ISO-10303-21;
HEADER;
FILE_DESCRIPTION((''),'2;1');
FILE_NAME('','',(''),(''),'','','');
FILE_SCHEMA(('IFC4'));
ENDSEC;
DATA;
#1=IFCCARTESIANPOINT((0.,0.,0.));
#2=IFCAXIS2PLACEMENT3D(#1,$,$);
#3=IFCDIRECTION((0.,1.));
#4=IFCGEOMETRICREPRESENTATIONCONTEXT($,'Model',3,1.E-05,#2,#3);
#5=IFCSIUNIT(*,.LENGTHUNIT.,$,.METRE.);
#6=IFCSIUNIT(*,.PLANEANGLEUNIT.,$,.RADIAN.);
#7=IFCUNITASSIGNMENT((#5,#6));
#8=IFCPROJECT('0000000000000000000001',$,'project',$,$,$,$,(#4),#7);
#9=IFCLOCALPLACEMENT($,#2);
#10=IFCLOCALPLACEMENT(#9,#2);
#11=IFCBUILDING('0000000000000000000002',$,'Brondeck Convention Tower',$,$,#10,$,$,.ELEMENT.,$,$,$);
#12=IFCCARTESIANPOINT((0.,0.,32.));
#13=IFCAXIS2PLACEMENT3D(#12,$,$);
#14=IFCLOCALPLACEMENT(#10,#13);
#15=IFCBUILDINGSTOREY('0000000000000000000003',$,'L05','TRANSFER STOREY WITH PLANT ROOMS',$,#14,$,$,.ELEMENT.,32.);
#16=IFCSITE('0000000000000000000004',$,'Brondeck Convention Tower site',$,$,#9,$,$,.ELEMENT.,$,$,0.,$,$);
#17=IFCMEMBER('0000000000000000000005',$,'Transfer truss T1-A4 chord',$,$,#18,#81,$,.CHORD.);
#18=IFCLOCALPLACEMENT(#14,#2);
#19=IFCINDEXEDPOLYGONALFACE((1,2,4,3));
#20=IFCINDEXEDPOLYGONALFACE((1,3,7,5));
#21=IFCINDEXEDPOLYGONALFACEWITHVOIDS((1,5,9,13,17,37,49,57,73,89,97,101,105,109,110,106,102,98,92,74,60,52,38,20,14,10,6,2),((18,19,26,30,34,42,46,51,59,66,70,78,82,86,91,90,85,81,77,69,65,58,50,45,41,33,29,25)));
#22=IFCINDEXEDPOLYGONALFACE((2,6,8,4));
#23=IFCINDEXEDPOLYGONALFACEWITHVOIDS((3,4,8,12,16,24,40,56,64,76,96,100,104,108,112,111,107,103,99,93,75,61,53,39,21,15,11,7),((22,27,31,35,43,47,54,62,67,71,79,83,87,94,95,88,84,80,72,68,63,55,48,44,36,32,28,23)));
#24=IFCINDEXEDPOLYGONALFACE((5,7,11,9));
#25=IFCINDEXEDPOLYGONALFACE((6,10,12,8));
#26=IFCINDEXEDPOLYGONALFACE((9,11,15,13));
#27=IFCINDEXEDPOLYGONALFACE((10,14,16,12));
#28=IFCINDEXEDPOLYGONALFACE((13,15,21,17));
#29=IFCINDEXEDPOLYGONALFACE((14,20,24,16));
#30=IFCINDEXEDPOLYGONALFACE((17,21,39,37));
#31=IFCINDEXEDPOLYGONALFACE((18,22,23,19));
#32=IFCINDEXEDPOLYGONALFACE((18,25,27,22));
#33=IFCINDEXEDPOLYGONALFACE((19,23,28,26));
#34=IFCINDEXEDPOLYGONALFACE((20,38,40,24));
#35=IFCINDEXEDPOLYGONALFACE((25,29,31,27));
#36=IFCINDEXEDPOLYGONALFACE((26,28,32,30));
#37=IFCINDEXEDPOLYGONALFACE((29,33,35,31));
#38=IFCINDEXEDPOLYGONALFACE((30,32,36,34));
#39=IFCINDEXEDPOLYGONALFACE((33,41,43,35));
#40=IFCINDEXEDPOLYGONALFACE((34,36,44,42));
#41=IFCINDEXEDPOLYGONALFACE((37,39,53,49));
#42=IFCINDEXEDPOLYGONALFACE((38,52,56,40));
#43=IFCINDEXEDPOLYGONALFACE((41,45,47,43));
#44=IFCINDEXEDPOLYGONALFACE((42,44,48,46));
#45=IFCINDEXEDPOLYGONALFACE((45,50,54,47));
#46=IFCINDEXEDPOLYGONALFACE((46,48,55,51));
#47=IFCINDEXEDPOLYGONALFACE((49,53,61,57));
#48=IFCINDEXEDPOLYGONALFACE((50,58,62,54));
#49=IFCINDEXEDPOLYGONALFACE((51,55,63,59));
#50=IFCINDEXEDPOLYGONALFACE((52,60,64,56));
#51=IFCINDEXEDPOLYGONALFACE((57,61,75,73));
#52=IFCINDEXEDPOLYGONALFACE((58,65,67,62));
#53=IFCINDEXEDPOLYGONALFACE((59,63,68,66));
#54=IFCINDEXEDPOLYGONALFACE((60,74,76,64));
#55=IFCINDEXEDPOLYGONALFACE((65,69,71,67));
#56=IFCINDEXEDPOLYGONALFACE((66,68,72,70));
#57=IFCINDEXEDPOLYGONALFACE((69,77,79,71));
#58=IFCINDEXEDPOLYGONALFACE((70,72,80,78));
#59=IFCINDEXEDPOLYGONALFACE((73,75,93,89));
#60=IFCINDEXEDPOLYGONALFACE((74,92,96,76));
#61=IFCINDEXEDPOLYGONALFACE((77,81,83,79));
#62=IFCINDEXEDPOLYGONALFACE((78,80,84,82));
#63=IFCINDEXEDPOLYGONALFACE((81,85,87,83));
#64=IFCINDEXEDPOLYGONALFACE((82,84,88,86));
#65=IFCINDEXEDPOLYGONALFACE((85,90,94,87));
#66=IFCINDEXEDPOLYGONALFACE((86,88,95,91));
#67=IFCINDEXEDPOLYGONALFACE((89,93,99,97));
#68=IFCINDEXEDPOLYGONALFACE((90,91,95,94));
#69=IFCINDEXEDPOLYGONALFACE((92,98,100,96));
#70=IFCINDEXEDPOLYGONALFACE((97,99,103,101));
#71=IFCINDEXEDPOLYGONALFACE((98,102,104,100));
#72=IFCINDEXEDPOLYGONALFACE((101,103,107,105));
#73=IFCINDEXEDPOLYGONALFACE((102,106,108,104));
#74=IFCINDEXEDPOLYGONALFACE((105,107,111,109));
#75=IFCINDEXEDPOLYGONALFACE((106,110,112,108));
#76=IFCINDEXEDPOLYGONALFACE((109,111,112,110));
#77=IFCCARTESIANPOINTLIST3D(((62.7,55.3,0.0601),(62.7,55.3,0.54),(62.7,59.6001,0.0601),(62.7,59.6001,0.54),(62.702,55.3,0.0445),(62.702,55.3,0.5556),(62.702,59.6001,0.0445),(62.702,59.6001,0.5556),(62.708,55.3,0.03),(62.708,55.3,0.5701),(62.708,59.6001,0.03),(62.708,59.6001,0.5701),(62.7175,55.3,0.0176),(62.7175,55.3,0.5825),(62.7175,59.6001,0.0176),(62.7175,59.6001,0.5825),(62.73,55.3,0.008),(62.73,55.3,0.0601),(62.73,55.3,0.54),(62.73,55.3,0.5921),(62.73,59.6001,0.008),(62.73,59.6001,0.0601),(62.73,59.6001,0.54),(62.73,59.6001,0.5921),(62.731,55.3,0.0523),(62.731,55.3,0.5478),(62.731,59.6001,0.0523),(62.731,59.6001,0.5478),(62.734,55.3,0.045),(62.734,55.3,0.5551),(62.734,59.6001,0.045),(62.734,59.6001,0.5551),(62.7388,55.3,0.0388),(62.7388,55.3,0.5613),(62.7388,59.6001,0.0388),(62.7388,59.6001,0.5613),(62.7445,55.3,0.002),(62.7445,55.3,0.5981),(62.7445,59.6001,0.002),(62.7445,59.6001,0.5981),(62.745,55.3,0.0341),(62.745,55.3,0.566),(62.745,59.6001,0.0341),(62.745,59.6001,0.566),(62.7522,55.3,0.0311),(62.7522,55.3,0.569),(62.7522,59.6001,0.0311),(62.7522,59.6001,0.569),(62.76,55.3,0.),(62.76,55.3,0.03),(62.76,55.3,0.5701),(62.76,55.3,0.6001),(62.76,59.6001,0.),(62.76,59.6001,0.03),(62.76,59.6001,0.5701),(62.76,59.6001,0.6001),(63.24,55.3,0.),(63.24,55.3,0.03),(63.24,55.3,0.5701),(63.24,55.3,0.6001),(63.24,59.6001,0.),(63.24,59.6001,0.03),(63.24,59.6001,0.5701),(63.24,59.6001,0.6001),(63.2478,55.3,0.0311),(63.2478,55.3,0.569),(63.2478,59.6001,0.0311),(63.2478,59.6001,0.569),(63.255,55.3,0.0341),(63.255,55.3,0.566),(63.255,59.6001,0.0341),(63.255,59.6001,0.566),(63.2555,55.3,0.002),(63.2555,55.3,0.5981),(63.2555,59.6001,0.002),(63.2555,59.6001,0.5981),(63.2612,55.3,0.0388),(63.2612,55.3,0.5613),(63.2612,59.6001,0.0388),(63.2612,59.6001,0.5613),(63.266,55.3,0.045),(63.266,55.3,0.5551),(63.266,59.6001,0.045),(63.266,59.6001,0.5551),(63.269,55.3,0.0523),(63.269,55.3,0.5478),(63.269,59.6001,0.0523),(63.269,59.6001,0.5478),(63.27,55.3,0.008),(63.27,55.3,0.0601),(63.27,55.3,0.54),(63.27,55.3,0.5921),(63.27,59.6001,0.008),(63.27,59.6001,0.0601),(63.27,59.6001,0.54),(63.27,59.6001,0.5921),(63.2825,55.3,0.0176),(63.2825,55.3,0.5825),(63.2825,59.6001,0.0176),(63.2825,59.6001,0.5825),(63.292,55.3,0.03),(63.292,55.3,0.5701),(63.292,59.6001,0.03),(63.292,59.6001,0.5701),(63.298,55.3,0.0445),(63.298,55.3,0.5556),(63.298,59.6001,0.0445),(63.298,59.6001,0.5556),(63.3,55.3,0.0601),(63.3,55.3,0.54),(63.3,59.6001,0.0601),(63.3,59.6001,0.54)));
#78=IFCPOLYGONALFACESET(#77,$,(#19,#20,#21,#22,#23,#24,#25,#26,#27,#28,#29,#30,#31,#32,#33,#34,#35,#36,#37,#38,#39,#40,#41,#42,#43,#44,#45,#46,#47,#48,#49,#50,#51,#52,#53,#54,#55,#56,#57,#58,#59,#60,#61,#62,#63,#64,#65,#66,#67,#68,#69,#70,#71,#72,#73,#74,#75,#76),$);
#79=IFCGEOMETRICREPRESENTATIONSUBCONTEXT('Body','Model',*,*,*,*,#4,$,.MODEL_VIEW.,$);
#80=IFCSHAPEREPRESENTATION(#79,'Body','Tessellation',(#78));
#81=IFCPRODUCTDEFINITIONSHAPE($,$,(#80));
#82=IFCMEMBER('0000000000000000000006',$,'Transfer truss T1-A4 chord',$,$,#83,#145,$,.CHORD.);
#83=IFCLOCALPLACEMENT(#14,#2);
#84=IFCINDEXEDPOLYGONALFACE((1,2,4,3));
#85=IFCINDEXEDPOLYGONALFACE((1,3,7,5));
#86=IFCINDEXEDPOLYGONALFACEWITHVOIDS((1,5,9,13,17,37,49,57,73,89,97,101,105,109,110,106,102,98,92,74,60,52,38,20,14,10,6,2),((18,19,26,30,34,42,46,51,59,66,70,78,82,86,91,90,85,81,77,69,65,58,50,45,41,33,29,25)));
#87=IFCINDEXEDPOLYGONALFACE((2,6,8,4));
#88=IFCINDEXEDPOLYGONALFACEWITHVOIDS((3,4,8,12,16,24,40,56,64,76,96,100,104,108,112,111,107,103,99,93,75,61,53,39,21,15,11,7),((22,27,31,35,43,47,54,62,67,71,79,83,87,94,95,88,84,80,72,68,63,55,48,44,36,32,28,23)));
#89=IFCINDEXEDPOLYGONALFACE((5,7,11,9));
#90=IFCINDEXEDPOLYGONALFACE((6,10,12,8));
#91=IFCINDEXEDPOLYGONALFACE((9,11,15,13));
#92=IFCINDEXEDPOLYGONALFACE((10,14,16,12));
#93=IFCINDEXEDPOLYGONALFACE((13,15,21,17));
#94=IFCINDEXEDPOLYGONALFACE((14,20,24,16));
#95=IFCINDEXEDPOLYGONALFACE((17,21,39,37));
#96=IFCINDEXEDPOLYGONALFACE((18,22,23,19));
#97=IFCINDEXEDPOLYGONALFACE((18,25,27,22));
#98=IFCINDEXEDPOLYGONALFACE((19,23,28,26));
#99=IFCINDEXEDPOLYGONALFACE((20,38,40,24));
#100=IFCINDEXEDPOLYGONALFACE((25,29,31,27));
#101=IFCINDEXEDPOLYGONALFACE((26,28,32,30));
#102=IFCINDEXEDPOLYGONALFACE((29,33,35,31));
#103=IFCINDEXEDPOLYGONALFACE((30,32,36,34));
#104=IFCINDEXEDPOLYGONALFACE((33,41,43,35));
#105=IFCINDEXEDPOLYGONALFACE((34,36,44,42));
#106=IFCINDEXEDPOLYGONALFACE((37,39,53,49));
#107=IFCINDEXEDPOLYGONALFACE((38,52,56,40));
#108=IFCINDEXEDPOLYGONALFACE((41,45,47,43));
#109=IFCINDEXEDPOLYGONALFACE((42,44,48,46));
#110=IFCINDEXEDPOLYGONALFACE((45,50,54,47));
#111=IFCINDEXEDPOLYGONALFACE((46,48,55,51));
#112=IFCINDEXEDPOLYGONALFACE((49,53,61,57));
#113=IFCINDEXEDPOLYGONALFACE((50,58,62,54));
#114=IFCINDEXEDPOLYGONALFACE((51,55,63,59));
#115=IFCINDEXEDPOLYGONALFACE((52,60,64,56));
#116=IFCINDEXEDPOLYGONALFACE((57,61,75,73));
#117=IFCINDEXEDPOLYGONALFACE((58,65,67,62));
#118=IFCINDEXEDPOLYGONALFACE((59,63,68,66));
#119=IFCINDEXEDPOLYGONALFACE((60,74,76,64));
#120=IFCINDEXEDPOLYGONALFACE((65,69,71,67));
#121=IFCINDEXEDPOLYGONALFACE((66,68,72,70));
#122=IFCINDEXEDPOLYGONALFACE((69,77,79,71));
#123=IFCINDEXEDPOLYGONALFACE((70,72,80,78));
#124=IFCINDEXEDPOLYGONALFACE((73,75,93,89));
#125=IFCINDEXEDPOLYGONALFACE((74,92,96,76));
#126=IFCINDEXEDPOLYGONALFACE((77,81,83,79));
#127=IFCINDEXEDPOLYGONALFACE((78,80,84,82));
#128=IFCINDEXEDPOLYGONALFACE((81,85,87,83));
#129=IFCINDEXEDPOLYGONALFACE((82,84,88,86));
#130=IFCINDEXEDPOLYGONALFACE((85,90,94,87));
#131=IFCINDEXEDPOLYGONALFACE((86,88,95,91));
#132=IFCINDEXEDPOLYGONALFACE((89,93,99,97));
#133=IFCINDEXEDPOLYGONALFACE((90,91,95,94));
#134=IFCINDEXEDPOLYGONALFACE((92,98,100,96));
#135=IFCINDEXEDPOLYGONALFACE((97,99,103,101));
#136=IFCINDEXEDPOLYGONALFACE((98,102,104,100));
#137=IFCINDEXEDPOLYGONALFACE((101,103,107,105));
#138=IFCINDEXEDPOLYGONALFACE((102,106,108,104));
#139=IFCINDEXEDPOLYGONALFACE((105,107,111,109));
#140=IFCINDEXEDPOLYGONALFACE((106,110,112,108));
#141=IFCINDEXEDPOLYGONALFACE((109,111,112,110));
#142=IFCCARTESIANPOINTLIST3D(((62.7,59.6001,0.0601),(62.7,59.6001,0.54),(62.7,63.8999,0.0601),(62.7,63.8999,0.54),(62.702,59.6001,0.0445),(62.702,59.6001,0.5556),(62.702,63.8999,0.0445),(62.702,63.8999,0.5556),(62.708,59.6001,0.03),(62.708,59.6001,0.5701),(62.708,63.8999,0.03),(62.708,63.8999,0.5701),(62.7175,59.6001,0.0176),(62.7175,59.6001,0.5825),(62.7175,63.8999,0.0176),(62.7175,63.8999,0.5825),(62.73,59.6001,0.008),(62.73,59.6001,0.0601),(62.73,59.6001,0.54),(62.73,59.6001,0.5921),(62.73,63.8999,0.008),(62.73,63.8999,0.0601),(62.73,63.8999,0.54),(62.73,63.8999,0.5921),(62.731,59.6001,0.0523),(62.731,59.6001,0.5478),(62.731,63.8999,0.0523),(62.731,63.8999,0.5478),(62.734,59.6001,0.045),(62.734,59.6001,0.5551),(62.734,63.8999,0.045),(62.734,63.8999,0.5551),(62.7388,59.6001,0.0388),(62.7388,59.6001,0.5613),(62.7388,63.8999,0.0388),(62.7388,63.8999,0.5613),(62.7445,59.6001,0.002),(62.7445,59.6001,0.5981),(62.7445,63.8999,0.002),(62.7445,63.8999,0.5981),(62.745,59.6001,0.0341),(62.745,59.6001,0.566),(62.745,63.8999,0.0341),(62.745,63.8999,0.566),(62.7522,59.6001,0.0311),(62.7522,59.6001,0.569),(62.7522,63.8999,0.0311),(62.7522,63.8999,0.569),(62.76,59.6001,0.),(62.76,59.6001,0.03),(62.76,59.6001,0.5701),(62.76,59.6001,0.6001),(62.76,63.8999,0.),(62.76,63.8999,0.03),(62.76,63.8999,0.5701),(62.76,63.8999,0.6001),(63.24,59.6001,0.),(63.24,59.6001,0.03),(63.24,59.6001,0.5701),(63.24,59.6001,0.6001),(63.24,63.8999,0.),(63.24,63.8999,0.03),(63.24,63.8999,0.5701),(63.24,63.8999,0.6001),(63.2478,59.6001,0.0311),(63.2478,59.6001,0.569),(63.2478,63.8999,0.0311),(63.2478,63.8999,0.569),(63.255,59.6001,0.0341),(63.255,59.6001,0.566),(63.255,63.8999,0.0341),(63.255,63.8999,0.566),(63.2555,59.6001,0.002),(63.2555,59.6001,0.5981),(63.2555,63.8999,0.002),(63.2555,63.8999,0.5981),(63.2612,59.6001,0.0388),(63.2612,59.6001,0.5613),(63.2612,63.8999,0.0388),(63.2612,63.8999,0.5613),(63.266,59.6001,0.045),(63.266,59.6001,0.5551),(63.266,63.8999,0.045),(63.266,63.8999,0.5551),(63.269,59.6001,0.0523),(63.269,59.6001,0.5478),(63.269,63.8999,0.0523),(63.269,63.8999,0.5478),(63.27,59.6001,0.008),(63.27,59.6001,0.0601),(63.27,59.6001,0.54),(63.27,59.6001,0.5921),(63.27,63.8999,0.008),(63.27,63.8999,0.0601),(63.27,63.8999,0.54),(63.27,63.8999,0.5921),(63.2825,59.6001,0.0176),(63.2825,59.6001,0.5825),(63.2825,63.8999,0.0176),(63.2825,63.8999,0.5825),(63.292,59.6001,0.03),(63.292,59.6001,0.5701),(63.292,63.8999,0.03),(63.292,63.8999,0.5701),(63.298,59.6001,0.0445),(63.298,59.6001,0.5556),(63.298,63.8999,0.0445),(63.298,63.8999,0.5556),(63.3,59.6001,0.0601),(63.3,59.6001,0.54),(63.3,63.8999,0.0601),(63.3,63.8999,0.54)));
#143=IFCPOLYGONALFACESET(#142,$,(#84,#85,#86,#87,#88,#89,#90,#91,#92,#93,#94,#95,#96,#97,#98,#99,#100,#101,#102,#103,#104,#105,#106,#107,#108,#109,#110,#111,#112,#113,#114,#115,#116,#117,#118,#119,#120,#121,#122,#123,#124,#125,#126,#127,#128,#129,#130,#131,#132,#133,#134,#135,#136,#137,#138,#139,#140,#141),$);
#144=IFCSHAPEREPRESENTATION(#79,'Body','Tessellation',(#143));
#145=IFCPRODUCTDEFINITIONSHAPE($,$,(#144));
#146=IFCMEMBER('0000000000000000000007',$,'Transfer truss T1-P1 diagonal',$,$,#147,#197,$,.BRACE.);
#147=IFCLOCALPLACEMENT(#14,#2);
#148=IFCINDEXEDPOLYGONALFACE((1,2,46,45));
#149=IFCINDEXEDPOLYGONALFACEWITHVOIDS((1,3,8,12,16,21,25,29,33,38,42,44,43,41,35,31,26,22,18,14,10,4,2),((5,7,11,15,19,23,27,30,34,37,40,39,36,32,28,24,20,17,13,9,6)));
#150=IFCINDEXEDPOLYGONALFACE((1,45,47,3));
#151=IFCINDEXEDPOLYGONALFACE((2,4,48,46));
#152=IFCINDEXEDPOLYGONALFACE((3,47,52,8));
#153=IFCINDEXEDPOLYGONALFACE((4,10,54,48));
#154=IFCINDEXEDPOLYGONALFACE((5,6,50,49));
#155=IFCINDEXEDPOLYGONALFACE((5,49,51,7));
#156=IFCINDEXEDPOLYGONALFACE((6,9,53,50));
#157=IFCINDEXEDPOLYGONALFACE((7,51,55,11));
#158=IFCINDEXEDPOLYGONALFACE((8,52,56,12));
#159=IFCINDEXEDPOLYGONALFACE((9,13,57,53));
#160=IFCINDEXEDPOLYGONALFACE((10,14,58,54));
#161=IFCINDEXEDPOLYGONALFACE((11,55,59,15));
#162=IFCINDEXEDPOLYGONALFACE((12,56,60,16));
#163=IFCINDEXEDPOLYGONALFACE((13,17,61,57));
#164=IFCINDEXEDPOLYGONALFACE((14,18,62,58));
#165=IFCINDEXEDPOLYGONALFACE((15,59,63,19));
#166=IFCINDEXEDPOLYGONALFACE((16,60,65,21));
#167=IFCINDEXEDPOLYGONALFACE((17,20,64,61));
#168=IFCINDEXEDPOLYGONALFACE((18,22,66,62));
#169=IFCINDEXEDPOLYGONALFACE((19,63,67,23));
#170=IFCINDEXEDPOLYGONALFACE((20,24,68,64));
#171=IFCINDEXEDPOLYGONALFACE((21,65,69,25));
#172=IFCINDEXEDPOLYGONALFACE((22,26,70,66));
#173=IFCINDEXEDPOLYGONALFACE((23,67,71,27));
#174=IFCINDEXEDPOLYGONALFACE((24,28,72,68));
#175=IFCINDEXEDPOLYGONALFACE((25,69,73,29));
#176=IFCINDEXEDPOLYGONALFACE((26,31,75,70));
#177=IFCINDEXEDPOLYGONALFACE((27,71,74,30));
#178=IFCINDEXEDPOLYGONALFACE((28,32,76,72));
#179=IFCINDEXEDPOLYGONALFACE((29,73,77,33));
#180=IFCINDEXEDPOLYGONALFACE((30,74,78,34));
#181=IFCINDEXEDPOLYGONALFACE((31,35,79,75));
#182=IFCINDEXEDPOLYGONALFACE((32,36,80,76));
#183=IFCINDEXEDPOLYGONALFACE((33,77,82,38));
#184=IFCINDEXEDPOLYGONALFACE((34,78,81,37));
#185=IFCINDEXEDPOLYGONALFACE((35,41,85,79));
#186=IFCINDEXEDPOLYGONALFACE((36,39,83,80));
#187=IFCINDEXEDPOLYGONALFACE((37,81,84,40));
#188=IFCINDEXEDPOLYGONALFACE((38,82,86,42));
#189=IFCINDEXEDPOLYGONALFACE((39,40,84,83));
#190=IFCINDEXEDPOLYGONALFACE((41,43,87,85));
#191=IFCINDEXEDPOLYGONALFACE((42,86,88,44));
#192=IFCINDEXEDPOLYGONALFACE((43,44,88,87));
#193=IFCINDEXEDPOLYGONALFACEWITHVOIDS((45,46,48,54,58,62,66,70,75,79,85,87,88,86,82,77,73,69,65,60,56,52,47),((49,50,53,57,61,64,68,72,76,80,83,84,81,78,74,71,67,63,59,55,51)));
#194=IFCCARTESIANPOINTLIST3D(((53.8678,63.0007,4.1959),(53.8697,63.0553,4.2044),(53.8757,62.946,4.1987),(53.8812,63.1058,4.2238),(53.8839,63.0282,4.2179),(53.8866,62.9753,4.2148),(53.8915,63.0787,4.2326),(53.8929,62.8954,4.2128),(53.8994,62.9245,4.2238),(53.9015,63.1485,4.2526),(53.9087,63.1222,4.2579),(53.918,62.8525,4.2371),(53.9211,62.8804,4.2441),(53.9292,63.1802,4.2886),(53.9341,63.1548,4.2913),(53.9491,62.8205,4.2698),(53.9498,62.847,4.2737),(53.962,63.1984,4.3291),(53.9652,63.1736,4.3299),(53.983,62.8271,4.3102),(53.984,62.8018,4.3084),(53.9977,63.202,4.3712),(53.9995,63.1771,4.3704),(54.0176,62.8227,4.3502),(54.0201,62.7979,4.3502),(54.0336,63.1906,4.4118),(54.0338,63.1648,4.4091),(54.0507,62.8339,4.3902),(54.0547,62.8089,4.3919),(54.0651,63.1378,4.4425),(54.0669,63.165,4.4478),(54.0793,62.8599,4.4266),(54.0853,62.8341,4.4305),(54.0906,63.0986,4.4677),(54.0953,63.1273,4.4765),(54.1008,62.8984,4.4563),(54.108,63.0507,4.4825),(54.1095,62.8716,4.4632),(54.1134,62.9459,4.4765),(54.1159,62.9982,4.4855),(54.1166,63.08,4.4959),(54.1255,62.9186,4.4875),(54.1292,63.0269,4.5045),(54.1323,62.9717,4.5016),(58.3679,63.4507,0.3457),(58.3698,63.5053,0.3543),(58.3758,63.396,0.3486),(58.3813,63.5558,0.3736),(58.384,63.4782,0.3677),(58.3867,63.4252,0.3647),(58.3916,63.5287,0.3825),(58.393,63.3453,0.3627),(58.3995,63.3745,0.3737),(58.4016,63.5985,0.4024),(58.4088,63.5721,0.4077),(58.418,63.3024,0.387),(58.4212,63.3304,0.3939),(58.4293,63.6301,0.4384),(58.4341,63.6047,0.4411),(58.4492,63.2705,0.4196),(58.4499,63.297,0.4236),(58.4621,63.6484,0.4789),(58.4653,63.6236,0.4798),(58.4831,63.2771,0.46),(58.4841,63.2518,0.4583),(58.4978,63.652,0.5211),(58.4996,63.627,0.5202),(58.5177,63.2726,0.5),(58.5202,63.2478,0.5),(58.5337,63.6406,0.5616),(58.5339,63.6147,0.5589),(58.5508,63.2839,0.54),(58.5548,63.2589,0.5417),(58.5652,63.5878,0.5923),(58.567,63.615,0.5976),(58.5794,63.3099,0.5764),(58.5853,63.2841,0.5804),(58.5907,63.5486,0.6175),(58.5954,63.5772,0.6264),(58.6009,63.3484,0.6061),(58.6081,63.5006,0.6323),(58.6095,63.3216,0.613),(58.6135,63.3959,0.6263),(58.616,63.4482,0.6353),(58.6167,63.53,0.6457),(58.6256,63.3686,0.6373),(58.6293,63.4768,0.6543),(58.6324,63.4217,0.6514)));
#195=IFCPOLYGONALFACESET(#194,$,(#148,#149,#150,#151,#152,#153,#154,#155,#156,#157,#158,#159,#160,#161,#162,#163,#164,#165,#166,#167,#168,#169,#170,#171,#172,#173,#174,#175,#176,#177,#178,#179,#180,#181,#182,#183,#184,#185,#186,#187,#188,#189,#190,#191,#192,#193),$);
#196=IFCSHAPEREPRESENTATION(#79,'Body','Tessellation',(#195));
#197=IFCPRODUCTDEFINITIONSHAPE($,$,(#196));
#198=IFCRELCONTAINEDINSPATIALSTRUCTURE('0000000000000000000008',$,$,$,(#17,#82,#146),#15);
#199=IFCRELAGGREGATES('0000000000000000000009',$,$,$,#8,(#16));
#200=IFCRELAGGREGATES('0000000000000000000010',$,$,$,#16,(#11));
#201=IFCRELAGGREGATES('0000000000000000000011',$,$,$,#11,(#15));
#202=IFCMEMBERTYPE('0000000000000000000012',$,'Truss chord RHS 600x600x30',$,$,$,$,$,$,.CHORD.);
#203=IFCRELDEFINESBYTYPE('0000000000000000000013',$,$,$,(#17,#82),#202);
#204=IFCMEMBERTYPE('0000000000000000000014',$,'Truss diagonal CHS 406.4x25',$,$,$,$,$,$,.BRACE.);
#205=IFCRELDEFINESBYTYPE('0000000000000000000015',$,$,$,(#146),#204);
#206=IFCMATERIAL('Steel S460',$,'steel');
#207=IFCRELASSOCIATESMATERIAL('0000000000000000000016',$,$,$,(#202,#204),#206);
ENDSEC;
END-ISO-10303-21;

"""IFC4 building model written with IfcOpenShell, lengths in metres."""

from ifc_helpers import new_model, si_unit, direction, frame, origin, origin_2d, place, context, subcontext, project, spatial, hollow_rectangle, hollow_circle, extrude, material, material_profile, profile_set, type_object, element, save


model = new_model("IFC4")

# Units and contexts
model_context = context("Model", 3, precision=1e-05, world=origin(), true_north=direction((0.0, 1.0)))
body_context = subcontext(model_context, "Body", "Model", "MODEL_VIEW")
ifc_project = project(units=[si_unit("LENGTHUNIT", "METRE"), si_unit("PLANEANGLEUNIT", "RADIAN")], contexts=[model_context])

# Site, building, storey
site_placement = place(None, origin())
site = spatial("IfcSite", under=ifc_project, at=site_placement, Name="Brondeck Convention Tower site", CompositionType="ELEMENT", RefElevation=0.0)
building_placement = place(site_placement, origin())
building = spatial("IfcBuilding", under=site, at=building_placement, Name="Brondeck Convention Tower", CompositionType="ELEMENT")
storey_placement = place(building_placement, frame((0.0, 0.0, 32.0)))
storey = spatial("IfcBuildingStorey", under=building, at=storey_placement, Name="L05", Description="TRANSFER STOREY WITH PLANT ROOMS", CompositionType="ELEMENT", Elevation=32.0)

# Shared definitions
ifc_material_1 = material(Name="Steel S460", Category="steel")

# Members
ifc_material_profile_1 = material_profile(ifc_material_1, hollow_rectangle(XDim=0.6001, YDim=0.6001, WallThickness=0.03, InnerFilletRadius=0.03, OuterFilletRadius=0.0601, at=origin_2d()), Name="RHS 600x600x30")
ifc_profile_set_1 = profile_set([ifc_material_profile_1], Name="Steel S460")
member_type_1 = type_object("IfcMemberType", Name="Truss chord RHS 600x600x30", PredefinedType="CHORD", material=ifc_profile_set_1)
member_1_placement = place(storey_placement, frame((63.0, 55.3, 0.3), z_axis=(0.0, 1.0, 0.0), x_axis=(-1.0, 0.0, 0.0)))
element("IfcMember", 1, at=member_1_placement, inside=storey, type_object=member_type_1, Name="Transfer truss T1-A4 chord", PredefinedType="CHORD", context=body_context, shape_type="SweptSolid", body=[
    extrude(hollow_rectangle(XDim=0.6001, YDim=0.6001, WallThickness=0.03, InnerFilletRadius=0.03, OuterFilletRadius=0.0601, at=origin_2d()), origin(), (0.0, 0.0, 1.0), 4.3),
])
member_2_placement = place(storey_placement, frame((63.0, 59.6001, 0.3), z_axis=(0.0, 1.0, 0.0), x_axis=(-1.0, 0.0, 0.0)))
element("IfcMember", 2, at=member_2_placement, inside=storey, type_object=member_type_1, Name="Transfer truss T1-A4 chord", PredefinedType="CHORD", context=body_context, shape_type="SweptSolid", body=[
    extrude(hollow_rectangle(XDim=0.6001, YDim=0.6001, WallThickness=0.03, InnerFilletRadius=0.03, OuterFilletRadius=0.0601, at=origin_2d()), origin(), (0.0, 0.0, 1.0), 4.2998),
])
ifc_material_profile_2 = material_profile(ifc_material_1, hollow_circle(Radius=0.2031, WallThickness=0.0249, at=origin_2d()), Name="CHS 406.4x25")
ifc_profile_set_2 = profile_set([ifc_material_profile_2], Name="Steel S460")
member_type_2 = type_object("IfcMemberType", Name="Truss diagonal CHS 406.4x25", PredefinedType="BRACE", material=ifc_profile_set_2)
for number, where, z_axis, x_axis, name in (
    (3, (58.5, 63.45, 0.5), (-0.75766, -0.075758, 0.648237), (0.099493, -0.995038, 0.0), "Transfer truss T1-P1 diagonal"),
):
    element("IfcMember", number, at=place(storey_placement, frame(where, z_axis=z_axis, x_axis=x_axis)), inside=storey, type_object=member_type_2, Name=name, PredefinedType="BRACE", context=body_context, shape_type="SweptSolid", body=[
        extrude(hollow_circle(Radius=0.2031, WallThickness=0.0249, at=origin_2d()), origin(), (0.0, 0.0, 1.0), 5.9395),
    ])

save(model, "model.ifc")
